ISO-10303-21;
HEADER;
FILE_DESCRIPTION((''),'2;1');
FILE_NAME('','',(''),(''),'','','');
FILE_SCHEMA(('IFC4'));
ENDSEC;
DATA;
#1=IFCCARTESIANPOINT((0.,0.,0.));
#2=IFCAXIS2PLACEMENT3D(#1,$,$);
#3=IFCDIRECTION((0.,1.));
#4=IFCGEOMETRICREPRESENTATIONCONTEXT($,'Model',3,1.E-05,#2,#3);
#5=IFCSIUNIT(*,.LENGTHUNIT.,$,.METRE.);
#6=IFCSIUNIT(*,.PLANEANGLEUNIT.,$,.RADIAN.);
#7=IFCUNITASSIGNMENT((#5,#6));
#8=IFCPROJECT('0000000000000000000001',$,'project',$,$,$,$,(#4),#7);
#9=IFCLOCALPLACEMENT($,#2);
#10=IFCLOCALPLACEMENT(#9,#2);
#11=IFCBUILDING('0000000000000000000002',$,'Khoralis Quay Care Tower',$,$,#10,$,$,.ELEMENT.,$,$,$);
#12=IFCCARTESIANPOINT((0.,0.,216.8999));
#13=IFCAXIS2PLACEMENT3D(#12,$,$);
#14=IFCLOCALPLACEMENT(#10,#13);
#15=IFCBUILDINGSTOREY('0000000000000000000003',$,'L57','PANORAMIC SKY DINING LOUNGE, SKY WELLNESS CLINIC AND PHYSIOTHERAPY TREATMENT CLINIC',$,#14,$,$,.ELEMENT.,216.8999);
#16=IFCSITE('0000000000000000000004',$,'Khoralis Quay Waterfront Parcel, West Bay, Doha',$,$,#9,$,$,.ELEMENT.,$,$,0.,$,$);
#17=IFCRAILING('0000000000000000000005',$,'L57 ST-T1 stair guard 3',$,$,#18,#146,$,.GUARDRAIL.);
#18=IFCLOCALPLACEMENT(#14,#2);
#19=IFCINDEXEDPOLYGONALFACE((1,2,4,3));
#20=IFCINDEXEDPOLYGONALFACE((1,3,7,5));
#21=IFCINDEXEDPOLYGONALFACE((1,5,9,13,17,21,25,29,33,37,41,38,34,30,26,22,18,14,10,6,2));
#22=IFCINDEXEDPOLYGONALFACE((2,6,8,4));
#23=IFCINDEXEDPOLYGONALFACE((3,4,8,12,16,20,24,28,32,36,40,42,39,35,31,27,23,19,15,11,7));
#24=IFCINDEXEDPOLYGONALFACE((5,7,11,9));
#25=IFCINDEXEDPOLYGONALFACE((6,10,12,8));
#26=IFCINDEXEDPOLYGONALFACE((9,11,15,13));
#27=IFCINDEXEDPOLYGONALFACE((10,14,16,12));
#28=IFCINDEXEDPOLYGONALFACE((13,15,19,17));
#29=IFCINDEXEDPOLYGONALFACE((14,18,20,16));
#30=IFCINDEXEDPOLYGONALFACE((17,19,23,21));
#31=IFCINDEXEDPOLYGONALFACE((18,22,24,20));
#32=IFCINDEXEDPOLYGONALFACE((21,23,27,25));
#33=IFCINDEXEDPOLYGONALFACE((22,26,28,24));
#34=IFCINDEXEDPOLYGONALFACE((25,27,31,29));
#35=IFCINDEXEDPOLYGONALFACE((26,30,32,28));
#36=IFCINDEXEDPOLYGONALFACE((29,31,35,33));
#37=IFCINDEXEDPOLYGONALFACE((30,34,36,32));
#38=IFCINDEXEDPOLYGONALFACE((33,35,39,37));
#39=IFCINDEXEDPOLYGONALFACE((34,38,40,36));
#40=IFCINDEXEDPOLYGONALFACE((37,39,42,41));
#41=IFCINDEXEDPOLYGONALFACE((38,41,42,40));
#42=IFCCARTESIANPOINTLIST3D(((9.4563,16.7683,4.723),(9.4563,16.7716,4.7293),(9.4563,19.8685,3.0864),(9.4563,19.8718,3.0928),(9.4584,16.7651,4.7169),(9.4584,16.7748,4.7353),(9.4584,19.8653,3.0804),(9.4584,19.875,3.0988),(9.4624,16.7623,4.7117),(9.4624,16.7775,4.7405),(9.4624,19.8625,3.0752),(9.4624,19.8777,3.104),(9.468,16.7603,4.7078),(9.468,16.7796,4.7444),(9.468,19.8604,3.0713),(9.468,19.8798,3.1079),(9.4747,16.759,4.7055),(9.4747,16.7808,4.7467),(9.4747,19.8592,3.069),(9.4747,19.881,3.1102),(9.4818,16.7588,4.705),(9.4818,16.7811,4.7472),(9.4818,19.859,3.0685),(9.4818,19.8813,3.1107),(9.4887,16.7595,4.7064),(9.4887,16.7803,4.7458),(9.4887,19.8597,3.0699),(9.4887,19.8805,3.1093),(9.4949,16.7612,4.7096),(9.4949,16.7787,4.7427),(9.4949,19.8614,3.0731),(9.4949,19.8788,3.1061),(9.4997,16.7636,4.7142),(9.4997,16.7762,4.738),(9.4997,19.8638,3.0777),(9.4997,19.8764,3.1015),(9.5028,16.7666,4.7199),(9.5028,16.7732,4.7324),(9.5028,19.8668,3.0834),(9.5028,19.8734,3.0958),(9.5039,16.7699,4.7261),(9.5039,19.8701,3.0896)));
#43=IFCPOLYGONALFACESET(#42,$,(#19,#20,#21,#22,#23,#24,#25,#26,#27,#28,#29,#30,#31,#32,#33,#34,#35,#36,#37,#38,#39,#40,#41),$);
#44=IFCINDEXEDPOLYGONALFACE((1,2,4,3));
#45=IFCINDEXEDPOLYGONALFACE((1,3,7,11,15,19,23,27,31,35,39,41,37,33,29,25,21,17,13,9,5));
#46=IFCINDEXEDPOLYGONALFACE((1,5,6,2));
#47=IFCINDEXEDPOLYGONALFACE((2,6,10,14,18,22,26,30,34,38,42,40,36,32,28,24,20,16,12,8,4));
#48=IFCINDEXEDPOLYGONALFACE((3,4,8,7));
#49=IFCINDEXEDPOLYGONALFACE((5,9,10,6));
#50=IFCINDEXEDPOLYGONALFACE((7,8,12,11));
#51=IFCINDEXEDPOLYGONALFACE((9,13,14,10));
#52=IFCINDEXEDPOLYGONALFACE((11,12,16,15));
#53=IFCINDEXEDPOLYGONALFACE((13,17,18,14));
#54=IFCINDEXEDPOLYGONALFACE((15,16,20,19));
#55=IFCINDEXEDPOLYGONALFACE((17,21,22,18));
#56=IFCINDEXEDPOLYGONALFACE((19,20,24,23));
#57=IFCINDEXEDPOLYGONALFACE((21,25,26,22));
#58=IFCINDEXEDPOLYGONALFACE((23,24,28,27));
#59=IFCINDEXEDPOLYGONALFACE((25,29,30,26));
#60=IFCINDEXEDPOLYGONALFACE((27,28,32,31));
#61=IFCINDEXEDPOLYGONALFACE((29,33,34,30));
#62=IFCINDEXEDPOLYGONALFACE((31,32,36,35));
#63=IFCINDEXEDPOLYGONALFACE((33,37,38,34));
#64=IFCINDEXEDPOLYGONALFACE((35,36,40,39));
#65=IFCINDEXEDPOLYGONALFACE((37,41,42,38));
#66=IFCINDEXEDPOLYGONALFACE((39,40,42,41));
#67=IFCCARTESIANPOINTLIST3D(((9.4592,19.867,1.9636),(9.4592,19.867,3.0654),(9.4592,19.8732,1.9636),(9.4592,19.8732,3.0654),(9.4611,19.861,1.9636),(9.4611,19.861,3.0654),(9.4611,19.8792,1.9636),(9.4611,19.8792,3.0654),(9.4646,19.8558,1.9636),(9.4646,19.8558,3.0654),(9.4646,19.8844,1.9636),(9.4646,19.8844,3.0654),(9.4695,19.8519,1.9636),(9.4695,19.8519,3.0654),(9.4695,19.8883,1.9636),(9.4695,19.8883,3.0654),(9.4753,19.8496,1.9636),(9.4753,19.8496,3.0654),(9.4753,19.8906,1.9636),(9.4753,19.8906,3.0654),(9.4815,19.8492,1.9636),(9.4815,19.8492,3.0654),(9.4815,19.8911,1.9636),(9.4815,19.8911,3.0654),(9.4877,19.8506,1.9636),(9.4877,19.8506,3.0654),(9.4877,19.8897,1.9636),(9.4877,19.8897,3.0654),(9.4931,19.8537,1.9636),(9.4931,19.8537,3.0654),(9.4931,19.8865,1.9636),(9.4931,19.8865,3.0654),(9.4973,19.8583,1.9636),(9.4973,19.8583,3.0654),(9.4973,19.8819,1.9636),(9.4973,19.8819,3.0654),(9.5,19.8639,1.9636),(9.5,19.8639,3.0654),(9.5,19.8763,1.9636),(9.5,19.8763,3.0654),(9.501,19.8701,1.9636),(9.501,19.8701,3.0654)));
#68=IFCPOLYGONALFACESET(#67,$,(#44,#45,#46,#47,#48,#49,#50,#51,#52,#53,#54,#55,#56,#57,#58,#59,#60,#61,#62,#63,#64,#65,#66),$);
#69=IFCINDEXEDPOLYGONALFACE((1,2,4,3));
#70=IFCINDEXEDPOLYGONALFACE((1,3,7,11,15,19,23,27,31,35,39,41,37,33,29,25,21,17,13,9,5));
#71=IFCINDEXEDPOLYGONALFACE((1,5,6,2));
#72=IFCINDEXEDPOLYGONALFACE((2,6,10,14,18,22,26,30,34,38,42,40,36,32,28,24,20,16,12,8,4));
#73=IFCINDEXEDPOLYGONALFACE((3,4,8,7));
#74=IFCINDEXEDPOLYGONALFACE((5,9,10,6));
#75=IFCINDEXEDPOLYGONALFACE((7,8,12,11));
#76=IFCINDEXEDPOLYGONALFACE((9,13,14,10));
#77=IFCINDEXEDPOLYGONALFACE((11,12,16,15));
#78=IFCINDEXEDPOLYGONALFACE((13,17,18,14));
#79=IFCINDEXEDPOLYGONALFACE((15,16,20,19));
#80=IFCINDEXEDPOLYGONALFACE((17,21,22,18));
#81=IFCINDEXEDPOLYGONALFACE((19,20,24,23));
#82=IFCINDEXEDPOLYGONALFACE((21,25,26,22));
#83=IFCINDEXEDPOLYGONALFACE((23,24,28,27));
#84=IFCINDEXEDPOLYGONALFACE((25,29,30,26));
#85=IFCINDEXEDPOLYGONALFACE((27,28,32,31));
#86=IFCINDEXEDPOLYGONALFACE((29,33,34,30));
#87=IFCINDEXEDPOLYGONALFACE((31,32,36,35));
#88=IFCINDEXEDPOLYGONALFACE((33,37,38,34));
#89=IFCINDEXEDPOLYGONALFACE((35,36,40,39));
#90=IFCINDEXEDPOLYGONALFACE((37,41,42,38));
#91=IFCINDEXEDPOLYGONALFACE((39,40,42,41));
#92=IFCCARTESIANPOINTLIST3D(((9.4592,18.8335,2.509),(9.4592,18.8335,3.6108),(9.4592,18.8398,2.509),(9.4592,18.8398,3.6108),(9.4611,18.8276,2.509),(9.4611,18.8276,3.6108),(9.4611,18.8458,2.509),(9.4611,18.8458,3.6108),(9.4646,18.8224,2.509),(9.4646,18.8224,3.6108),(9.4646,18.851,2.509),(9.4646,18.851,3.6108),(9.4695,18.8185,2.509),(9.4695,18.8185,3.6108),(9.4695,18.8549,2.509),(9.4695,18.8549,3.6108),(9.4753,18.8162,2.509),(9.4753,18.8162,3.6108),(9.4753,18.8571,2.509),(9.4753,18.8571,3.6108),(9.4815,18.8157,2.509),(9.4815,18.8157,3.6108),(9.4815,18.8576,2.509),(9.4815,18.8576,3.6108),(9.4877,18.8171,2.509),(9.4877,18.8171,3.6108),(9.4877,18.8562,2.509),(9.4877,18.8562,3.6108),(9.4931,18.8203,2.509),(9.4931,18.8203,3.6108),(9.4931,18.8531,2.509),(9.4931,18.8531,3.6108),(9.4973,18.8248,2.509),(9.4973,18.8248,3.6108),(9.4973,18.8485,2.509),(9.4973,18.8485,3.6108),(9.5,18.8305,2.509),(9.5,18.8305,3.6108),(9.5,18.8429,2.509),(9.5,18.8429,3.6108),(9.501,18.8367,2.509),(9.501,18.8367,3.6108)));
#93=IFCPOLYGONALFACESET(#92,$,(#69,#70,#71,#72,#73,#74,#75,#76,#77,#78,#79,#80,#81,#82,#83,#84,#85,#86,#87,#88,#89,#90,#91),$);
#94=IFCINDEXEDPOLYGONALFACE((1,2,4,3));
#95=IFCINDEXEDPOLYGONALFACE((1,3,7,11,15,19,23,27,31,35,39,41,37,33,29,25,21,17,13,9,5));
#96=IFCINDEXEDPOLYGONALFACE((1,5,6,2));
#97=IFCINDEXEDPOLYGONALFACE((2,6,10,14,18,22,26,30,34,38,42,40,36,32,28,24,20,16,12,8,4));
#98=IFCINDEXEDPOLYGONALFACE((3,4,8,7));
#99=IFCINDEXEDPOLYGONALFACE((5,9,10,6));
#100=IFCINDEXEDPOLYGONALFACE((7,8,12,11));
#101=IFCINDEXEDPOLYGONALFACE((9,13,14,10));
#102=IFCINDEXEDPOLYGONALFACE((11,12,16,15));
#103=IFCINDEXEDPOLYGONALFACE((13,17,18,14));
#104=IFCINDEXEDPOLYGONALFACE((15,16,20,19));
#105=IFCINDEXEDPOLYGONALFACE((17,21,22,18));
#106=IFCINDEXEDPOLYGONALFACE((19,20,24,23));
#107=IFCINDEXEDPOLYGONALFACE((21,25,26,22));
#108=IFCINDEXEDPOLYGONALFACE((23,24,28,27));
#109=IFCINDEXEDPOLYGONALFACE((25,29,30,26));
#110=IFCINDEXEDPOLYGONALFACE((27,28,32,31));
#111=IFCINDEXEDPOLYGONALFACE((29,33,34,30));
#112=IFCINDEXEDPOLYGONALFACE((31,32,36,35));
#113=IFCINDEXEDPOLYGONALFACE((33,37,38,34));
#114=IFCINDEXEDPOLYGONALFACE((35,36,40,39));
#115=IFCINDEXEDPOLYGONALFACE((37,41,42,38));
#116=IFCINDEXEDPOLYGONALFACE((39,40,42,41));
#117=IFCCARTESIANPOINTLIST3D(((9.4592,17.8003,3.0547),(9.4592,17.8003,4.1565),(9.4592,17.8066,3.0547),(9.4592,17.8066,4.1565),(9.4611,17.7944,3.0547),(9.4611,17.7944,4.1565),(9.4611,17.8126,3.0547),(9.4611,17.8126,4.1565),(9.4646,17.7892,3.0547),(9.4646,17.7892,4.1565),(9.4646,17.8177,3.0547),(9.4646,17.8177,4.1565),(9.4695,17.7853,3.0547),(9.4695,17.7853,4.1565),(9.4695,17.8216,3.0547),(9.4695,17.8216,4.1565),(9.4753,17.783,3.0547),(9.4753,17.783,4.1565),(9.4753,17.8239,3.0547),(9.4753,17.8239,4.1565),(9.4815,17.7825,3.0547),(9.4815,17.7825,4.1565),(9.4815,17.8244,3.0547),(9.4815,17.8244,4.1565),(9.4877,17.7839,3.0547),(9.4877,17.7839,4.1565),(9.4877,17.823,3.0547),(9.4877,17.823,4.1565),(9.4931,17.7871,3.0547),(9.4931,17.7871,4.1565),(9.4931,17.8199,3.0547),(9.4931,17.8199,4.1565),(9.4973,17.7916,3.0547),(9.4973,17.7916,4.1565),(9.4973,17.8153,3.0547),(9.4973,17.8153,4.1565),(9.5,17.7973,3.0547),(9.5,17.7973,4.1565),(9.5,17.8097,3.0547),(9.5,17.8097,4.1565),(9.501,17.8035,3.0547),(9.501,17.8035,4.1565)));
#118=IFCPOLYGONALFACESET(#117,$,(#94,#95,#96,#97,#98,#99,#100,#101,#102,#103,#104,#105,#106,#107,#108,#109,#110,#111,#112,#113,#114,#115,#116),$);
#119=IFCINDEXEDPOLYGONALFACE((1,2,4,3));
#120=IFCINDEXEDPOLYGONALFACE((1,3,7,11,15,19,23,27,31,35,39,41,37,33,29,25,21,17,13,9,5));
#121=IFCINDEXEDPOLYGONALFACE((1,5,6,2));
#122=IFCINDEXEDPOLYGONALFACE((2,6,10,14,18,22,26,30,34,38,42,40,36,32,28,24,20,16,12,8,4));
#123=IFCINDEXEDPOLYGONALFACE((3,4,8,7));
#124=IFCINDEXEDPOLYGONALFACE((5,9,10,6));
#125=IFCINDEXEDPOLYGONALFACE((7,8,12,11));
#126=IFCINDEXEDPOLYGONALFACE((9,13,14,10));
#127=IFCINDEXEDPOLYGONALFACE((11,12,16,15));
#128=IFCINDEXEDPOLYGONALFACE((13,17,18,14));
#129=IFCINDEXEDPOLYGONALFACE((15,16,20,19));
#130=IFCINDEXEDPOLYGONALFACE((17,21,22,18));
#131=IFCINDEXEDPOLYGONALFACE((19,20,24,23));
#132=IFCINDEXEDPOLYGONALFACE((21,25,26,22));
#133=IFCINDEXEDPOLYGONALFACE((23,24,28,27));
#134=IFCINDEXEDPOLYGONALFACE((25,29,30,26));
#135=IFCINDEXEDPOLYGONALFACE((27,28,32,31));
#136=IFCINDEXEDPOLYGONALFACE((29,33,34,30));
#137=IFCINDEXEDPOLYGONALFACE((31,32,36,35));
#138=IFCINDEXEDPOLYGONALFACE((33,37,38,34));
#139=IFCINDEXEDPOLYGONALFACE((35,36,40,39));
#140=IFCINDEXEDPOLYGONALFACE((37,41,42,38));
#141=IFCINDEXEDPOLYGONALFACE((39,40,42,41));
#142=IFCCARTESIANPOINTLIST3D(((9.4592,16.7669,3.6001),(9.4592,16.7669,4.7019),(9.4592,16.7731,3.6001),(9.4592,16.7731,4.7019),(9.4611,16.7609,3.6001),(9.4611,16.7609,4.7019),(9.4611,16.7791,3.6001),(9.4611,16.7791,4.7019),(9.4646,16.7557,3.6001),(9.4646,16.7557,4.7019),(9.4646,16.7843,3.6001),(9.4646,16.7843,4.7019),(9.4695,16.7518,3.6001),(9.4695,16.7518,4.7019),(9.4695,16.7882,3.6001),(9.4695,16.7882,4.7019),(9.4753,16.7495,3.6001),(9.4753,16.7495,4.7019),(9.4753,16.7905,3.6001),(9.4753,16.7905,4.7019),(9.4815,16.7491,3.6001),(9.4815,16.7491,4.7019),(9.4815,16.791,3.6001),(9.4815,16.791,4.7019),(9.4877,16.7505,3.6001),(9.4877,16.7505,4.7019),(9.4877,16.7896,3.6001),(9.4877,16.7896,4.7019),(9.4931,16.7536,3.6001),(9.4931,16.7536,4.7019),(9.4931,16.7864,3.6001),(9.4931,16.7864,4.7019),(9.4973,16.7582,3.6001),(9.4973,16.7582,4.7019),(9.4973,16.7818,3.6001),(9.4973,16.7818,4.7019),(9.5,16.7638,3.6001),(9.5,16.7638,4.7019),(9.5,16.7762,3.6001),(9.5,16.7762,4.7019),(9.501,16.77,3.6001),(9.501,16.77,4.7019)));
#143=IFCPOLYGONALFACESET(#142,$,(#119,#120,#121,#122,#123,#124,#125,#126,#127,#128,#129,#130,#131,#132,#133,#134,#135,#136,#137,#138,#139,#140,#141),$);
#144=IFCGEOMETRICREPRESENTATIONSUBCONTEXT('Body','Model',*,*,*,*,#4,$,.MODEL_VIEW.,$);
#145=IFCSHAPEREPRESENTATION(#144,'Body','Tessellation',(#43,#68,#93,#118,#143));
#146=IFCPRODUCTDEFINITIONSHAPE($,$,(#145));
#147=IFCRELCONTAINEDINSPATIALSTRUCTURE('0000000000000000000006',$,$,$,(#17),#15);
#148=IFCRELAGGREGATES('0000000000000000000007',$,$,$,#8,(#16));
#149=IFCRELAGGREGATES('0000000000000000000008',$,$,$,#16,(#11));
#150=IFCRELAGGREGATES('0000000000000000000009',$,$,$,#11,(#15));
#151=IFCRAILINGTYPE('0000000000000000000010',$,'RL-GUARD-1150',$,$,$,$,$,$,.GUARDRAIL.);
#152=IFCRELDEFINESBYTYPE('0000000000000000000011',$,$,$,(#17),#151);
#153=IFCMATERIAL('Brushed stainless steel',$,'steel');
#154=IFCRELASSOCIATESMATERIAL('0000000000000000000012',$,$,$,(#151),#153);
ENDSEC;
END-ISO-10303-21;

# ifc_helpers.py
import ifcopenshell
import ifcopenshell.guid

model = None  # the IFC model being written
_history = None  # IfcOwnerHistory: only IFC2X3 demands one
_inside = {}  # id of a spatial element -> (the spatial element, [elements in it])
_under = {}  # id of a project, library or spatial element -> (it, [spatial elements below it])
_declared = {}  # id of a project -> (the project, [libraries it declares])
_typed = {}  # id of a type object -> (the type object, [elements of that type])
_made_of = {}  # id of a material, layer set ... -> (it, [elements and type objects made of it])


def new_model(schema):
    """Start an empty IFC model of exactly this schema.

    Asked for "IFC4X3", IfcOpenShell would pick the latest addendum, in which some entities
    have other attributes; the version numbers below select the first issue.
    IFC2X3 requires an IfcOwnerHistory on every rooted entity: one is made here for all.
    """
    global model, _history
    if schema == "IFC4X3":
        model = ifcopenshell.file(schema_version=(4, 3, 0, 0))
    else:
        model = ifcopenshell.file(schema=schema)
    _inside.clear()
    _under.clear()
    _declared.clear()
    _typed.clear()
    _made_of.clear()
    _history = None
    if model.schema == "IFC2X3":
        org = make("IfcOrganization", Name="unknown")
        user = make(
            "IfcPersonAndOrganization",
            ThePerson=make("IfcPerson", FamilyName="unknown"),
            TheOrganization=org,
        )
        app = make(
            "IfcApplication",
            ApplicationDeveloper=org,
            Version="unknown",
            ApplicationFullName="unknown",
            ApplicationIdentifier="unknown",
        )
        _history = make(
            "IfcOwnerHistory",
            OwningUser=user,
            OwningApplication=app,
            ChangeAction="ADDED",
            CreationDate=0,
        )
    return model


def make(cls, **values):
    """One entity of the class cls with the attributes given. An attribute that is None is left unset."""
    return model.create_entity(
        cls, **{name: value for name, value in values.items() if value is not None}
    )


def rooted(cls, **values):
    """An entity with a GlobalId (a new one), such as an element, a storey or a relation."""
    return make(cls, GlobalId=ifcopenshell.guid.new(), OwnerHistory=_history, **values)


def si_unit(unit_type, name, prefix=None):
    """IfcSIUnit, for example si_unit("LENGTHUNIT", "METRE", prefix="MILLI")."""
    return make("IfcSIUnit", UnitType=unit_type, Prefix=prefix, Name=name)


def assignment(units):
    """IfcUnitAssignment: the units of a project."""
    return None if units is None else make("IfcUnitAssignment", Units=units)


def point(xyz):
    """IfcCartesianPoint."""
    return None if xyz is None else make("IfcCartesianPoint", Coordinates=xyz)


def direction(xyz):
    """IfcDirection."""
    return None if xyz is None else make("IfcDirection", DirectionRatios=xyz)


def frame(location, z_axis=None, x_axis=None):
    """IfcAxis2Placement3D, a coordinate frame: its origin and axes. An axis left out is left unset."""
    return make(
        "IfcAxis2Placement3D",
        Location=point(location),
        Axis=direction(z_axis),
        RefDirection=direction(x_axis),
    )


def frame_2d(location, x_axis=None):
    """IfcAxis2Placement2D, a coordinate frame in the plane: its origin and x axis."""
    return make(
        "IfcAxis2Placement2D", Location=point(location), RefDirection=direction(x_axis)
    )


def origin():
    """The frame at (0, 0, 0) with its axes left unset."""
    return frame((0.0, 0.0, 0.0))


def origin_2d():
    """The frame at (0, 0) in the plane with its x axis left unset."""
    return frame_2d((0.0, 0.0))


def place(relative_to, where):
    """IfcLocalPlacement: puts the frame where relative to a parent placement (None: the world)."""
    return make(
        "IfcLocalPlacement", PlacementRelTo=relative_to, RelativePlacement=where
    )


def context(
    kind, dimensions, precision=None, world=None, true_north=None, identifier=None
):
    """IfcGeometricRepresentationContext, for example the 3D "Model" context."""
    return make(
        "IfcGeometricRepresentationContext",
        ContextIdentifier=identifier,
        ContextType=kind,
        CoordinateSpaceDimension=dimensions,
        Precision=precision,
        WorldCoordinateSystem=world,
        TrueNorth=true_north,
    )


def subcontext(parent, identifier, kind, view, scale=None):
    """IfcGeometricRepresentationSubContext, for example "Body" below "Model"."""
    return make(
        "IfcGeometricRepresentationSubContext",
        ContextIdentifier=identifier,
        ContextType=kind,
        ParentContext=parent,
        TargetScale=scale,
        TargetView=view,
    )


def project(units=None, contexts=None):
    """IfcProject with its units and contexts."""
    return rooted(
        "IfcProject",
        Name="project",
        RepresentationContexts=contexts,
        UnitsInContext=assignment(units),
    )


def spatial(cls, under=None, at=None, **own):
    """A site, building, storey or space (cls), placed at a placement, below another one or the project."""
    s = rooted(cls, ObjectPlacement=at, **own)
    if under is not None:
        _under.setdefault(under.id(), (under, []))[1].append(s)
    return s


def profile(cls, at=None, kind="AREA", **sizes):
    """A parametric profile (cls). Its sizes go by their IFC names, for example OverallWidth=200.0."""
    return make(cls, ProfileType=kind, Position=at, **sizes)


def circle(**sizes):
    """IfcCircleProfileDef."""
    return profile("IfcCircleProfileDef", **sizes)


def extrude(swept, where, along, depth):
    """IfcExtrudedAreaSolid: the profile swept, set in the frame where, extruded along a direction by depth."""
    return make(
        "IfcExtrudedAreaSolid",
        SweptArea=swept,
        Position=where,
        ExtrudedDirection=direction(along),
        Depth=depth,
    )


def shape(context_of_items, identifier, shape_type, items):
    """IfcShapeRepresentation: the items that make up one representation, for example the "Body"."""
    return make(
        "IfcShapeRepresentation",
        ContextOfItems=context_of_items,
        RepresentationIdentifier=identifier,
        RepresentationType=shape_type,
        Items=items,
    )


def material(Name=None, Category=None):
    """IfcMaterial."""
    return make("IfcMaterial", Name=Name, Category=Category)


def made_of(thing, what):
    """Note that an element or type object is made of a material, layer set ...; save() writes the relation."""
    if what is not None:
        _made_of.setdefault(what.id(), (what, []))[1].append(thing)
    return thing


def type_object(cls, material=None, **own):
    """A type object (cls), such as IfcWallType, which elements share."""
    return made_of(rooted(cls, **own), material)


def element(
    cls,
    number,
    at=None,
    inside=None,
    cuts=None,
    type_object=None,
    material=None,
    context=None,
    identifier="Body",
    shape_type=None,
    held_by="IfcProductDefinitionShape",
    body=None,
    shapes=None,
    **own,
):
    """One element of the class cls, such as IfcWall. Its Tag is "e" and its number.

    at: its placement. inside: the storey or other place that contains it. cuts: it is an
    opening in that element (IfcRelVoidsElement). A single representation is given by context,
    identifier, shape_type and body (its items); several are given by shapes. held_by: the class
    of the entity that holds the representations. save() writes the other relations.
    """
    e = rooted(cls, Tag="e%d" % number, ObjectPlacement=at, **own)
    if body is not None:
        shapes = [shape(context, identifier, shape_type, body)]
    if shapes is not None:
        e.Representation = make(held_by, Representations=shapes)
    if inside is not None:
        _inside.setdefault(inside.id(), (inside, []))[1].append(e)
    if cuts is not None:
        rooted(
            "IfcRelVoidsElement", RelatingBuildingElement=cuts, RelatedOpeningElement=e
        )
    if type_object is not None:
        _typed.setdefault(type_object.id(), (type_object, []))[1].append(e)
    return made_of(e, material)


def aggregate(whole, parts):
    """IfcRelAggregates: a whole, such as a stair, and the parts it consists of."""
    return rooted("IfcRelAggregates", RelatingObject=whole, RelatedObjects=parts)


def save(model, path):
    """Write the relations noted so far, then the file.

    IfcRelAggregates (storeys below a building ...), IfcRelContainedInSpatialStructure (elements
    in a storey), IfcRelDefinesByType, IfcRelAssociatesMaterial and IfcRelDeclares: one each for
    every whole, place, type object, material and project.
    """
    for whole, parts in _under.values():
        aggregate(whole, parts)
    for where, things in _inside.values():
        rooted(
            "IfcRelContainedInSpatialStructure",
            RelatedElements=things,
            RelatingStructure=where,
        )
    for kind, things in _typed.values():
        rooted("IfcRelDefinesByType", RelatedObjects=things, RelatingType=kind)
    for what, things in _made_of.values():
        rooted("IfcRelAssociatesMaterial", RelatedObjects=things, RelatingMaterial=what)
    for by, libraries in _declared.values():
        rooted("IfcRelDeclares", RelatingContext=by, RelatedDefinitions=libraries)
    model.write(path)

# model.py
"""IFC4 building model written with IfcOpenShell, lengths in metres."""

from ifc_helpers import new_model, si_unit, direction, frame, origin, origin_2d, place, context, subcontext, project, spatial, circle, extrude, material, type_object, element, save


model = new_model("IFC4")

# Units and contexts
model_context = context("Model", 3, precision=1e-05, world=origin(), true_north=direction((0.0, 1.0)))
body_context = subcontext(model_context, "Body", "Model", "MODEL_VIEW")
ifc_project = project(units=[si_unit("LENGTHUNIT", "METRE"), si_unit("PLANEANGLEUNIT", "RADIAN")], contexts=[model_context])

# Site, building, storey
site_placement = place(None, origin())
site = spatial("IfcSite", under=ifc_project, at=site_placement, Name="Khoralis Quay Waterfront Parcel, West Bay, Doha", CompositionType="ELEMENT", RefElevation=0.0)
building_placement = place(site_placement, origin())
building = spatial("IfcBuilding", under=site, at=building_placement, Name="Khoralis Quay Care Tower", CompositionType="ELEMENT")
storey_placement = place(building_placement, frame((0.0, 0.0, 216.8999)))
storey = spatial("IfcBuildingStorey", under=building, at=storey_placement, Name="L57", Description="PANORAMIC SKY DINING LOUNGE, SKY WELLNESS CLINIC AND PHYSIOTHERAPY TREATMENT CLINIC", CompositionType="ELEMENT", Elevation=216.8999)

# Shared definitions
ifc_material_1 = material(Name="Brushed stainless steel", Category="steel")

# Railing
railing_type_1 = type_object("IfcRailingType", Name="RL-GUARD-1150", PredefinedType="GUARDRAIL", material=ifc_material_1)
railing_1_placement = place(storey_placement, frame((9.48, 19.8701, 1.9636)))
element("IfcRailing", 1, at=railing_1_placement, inside=storey, type_object=railing_type_1, Name="L57 ST-T1 stair guard 3", PredefinedType="GUARDRAIL", context=body_context, shape_type="SweptSolid", body=[
    extrude(circle(Radius=0.0239, at=origin_2d()), frame((0.0, 0.0, 1.126), z_axis=(0.0, -0.884348, 0.466828), x_axis=(1.0, 0.0, 0.0)), (0.0, 0.0, 1.0), 3.5056),
    extrude(circle(Radius=0.021, at=origin_2d()), origin(), (0.0, 0.0, 1.0), 1.1018),
    extrude(circle(Radius=0.021, at=origin_2d()), frame((0.0, -1.0334, 0.5454)), (0.0, 0.0, 1.0), 1.1018),
    extrude(circle(Radius=0.021, at=origin_2d()), frame((0.0, -2.0667, 1.0911)), (0.0, 0.0, 1.0), 1.1018),
    extrude(circle(Radius=0.021, at=origin_2d()), frame((0.0, -3.1001, 1.6365)), (0.0, 0.0, 1.0), 1.1018),
])

save(model, "model.ifc")
